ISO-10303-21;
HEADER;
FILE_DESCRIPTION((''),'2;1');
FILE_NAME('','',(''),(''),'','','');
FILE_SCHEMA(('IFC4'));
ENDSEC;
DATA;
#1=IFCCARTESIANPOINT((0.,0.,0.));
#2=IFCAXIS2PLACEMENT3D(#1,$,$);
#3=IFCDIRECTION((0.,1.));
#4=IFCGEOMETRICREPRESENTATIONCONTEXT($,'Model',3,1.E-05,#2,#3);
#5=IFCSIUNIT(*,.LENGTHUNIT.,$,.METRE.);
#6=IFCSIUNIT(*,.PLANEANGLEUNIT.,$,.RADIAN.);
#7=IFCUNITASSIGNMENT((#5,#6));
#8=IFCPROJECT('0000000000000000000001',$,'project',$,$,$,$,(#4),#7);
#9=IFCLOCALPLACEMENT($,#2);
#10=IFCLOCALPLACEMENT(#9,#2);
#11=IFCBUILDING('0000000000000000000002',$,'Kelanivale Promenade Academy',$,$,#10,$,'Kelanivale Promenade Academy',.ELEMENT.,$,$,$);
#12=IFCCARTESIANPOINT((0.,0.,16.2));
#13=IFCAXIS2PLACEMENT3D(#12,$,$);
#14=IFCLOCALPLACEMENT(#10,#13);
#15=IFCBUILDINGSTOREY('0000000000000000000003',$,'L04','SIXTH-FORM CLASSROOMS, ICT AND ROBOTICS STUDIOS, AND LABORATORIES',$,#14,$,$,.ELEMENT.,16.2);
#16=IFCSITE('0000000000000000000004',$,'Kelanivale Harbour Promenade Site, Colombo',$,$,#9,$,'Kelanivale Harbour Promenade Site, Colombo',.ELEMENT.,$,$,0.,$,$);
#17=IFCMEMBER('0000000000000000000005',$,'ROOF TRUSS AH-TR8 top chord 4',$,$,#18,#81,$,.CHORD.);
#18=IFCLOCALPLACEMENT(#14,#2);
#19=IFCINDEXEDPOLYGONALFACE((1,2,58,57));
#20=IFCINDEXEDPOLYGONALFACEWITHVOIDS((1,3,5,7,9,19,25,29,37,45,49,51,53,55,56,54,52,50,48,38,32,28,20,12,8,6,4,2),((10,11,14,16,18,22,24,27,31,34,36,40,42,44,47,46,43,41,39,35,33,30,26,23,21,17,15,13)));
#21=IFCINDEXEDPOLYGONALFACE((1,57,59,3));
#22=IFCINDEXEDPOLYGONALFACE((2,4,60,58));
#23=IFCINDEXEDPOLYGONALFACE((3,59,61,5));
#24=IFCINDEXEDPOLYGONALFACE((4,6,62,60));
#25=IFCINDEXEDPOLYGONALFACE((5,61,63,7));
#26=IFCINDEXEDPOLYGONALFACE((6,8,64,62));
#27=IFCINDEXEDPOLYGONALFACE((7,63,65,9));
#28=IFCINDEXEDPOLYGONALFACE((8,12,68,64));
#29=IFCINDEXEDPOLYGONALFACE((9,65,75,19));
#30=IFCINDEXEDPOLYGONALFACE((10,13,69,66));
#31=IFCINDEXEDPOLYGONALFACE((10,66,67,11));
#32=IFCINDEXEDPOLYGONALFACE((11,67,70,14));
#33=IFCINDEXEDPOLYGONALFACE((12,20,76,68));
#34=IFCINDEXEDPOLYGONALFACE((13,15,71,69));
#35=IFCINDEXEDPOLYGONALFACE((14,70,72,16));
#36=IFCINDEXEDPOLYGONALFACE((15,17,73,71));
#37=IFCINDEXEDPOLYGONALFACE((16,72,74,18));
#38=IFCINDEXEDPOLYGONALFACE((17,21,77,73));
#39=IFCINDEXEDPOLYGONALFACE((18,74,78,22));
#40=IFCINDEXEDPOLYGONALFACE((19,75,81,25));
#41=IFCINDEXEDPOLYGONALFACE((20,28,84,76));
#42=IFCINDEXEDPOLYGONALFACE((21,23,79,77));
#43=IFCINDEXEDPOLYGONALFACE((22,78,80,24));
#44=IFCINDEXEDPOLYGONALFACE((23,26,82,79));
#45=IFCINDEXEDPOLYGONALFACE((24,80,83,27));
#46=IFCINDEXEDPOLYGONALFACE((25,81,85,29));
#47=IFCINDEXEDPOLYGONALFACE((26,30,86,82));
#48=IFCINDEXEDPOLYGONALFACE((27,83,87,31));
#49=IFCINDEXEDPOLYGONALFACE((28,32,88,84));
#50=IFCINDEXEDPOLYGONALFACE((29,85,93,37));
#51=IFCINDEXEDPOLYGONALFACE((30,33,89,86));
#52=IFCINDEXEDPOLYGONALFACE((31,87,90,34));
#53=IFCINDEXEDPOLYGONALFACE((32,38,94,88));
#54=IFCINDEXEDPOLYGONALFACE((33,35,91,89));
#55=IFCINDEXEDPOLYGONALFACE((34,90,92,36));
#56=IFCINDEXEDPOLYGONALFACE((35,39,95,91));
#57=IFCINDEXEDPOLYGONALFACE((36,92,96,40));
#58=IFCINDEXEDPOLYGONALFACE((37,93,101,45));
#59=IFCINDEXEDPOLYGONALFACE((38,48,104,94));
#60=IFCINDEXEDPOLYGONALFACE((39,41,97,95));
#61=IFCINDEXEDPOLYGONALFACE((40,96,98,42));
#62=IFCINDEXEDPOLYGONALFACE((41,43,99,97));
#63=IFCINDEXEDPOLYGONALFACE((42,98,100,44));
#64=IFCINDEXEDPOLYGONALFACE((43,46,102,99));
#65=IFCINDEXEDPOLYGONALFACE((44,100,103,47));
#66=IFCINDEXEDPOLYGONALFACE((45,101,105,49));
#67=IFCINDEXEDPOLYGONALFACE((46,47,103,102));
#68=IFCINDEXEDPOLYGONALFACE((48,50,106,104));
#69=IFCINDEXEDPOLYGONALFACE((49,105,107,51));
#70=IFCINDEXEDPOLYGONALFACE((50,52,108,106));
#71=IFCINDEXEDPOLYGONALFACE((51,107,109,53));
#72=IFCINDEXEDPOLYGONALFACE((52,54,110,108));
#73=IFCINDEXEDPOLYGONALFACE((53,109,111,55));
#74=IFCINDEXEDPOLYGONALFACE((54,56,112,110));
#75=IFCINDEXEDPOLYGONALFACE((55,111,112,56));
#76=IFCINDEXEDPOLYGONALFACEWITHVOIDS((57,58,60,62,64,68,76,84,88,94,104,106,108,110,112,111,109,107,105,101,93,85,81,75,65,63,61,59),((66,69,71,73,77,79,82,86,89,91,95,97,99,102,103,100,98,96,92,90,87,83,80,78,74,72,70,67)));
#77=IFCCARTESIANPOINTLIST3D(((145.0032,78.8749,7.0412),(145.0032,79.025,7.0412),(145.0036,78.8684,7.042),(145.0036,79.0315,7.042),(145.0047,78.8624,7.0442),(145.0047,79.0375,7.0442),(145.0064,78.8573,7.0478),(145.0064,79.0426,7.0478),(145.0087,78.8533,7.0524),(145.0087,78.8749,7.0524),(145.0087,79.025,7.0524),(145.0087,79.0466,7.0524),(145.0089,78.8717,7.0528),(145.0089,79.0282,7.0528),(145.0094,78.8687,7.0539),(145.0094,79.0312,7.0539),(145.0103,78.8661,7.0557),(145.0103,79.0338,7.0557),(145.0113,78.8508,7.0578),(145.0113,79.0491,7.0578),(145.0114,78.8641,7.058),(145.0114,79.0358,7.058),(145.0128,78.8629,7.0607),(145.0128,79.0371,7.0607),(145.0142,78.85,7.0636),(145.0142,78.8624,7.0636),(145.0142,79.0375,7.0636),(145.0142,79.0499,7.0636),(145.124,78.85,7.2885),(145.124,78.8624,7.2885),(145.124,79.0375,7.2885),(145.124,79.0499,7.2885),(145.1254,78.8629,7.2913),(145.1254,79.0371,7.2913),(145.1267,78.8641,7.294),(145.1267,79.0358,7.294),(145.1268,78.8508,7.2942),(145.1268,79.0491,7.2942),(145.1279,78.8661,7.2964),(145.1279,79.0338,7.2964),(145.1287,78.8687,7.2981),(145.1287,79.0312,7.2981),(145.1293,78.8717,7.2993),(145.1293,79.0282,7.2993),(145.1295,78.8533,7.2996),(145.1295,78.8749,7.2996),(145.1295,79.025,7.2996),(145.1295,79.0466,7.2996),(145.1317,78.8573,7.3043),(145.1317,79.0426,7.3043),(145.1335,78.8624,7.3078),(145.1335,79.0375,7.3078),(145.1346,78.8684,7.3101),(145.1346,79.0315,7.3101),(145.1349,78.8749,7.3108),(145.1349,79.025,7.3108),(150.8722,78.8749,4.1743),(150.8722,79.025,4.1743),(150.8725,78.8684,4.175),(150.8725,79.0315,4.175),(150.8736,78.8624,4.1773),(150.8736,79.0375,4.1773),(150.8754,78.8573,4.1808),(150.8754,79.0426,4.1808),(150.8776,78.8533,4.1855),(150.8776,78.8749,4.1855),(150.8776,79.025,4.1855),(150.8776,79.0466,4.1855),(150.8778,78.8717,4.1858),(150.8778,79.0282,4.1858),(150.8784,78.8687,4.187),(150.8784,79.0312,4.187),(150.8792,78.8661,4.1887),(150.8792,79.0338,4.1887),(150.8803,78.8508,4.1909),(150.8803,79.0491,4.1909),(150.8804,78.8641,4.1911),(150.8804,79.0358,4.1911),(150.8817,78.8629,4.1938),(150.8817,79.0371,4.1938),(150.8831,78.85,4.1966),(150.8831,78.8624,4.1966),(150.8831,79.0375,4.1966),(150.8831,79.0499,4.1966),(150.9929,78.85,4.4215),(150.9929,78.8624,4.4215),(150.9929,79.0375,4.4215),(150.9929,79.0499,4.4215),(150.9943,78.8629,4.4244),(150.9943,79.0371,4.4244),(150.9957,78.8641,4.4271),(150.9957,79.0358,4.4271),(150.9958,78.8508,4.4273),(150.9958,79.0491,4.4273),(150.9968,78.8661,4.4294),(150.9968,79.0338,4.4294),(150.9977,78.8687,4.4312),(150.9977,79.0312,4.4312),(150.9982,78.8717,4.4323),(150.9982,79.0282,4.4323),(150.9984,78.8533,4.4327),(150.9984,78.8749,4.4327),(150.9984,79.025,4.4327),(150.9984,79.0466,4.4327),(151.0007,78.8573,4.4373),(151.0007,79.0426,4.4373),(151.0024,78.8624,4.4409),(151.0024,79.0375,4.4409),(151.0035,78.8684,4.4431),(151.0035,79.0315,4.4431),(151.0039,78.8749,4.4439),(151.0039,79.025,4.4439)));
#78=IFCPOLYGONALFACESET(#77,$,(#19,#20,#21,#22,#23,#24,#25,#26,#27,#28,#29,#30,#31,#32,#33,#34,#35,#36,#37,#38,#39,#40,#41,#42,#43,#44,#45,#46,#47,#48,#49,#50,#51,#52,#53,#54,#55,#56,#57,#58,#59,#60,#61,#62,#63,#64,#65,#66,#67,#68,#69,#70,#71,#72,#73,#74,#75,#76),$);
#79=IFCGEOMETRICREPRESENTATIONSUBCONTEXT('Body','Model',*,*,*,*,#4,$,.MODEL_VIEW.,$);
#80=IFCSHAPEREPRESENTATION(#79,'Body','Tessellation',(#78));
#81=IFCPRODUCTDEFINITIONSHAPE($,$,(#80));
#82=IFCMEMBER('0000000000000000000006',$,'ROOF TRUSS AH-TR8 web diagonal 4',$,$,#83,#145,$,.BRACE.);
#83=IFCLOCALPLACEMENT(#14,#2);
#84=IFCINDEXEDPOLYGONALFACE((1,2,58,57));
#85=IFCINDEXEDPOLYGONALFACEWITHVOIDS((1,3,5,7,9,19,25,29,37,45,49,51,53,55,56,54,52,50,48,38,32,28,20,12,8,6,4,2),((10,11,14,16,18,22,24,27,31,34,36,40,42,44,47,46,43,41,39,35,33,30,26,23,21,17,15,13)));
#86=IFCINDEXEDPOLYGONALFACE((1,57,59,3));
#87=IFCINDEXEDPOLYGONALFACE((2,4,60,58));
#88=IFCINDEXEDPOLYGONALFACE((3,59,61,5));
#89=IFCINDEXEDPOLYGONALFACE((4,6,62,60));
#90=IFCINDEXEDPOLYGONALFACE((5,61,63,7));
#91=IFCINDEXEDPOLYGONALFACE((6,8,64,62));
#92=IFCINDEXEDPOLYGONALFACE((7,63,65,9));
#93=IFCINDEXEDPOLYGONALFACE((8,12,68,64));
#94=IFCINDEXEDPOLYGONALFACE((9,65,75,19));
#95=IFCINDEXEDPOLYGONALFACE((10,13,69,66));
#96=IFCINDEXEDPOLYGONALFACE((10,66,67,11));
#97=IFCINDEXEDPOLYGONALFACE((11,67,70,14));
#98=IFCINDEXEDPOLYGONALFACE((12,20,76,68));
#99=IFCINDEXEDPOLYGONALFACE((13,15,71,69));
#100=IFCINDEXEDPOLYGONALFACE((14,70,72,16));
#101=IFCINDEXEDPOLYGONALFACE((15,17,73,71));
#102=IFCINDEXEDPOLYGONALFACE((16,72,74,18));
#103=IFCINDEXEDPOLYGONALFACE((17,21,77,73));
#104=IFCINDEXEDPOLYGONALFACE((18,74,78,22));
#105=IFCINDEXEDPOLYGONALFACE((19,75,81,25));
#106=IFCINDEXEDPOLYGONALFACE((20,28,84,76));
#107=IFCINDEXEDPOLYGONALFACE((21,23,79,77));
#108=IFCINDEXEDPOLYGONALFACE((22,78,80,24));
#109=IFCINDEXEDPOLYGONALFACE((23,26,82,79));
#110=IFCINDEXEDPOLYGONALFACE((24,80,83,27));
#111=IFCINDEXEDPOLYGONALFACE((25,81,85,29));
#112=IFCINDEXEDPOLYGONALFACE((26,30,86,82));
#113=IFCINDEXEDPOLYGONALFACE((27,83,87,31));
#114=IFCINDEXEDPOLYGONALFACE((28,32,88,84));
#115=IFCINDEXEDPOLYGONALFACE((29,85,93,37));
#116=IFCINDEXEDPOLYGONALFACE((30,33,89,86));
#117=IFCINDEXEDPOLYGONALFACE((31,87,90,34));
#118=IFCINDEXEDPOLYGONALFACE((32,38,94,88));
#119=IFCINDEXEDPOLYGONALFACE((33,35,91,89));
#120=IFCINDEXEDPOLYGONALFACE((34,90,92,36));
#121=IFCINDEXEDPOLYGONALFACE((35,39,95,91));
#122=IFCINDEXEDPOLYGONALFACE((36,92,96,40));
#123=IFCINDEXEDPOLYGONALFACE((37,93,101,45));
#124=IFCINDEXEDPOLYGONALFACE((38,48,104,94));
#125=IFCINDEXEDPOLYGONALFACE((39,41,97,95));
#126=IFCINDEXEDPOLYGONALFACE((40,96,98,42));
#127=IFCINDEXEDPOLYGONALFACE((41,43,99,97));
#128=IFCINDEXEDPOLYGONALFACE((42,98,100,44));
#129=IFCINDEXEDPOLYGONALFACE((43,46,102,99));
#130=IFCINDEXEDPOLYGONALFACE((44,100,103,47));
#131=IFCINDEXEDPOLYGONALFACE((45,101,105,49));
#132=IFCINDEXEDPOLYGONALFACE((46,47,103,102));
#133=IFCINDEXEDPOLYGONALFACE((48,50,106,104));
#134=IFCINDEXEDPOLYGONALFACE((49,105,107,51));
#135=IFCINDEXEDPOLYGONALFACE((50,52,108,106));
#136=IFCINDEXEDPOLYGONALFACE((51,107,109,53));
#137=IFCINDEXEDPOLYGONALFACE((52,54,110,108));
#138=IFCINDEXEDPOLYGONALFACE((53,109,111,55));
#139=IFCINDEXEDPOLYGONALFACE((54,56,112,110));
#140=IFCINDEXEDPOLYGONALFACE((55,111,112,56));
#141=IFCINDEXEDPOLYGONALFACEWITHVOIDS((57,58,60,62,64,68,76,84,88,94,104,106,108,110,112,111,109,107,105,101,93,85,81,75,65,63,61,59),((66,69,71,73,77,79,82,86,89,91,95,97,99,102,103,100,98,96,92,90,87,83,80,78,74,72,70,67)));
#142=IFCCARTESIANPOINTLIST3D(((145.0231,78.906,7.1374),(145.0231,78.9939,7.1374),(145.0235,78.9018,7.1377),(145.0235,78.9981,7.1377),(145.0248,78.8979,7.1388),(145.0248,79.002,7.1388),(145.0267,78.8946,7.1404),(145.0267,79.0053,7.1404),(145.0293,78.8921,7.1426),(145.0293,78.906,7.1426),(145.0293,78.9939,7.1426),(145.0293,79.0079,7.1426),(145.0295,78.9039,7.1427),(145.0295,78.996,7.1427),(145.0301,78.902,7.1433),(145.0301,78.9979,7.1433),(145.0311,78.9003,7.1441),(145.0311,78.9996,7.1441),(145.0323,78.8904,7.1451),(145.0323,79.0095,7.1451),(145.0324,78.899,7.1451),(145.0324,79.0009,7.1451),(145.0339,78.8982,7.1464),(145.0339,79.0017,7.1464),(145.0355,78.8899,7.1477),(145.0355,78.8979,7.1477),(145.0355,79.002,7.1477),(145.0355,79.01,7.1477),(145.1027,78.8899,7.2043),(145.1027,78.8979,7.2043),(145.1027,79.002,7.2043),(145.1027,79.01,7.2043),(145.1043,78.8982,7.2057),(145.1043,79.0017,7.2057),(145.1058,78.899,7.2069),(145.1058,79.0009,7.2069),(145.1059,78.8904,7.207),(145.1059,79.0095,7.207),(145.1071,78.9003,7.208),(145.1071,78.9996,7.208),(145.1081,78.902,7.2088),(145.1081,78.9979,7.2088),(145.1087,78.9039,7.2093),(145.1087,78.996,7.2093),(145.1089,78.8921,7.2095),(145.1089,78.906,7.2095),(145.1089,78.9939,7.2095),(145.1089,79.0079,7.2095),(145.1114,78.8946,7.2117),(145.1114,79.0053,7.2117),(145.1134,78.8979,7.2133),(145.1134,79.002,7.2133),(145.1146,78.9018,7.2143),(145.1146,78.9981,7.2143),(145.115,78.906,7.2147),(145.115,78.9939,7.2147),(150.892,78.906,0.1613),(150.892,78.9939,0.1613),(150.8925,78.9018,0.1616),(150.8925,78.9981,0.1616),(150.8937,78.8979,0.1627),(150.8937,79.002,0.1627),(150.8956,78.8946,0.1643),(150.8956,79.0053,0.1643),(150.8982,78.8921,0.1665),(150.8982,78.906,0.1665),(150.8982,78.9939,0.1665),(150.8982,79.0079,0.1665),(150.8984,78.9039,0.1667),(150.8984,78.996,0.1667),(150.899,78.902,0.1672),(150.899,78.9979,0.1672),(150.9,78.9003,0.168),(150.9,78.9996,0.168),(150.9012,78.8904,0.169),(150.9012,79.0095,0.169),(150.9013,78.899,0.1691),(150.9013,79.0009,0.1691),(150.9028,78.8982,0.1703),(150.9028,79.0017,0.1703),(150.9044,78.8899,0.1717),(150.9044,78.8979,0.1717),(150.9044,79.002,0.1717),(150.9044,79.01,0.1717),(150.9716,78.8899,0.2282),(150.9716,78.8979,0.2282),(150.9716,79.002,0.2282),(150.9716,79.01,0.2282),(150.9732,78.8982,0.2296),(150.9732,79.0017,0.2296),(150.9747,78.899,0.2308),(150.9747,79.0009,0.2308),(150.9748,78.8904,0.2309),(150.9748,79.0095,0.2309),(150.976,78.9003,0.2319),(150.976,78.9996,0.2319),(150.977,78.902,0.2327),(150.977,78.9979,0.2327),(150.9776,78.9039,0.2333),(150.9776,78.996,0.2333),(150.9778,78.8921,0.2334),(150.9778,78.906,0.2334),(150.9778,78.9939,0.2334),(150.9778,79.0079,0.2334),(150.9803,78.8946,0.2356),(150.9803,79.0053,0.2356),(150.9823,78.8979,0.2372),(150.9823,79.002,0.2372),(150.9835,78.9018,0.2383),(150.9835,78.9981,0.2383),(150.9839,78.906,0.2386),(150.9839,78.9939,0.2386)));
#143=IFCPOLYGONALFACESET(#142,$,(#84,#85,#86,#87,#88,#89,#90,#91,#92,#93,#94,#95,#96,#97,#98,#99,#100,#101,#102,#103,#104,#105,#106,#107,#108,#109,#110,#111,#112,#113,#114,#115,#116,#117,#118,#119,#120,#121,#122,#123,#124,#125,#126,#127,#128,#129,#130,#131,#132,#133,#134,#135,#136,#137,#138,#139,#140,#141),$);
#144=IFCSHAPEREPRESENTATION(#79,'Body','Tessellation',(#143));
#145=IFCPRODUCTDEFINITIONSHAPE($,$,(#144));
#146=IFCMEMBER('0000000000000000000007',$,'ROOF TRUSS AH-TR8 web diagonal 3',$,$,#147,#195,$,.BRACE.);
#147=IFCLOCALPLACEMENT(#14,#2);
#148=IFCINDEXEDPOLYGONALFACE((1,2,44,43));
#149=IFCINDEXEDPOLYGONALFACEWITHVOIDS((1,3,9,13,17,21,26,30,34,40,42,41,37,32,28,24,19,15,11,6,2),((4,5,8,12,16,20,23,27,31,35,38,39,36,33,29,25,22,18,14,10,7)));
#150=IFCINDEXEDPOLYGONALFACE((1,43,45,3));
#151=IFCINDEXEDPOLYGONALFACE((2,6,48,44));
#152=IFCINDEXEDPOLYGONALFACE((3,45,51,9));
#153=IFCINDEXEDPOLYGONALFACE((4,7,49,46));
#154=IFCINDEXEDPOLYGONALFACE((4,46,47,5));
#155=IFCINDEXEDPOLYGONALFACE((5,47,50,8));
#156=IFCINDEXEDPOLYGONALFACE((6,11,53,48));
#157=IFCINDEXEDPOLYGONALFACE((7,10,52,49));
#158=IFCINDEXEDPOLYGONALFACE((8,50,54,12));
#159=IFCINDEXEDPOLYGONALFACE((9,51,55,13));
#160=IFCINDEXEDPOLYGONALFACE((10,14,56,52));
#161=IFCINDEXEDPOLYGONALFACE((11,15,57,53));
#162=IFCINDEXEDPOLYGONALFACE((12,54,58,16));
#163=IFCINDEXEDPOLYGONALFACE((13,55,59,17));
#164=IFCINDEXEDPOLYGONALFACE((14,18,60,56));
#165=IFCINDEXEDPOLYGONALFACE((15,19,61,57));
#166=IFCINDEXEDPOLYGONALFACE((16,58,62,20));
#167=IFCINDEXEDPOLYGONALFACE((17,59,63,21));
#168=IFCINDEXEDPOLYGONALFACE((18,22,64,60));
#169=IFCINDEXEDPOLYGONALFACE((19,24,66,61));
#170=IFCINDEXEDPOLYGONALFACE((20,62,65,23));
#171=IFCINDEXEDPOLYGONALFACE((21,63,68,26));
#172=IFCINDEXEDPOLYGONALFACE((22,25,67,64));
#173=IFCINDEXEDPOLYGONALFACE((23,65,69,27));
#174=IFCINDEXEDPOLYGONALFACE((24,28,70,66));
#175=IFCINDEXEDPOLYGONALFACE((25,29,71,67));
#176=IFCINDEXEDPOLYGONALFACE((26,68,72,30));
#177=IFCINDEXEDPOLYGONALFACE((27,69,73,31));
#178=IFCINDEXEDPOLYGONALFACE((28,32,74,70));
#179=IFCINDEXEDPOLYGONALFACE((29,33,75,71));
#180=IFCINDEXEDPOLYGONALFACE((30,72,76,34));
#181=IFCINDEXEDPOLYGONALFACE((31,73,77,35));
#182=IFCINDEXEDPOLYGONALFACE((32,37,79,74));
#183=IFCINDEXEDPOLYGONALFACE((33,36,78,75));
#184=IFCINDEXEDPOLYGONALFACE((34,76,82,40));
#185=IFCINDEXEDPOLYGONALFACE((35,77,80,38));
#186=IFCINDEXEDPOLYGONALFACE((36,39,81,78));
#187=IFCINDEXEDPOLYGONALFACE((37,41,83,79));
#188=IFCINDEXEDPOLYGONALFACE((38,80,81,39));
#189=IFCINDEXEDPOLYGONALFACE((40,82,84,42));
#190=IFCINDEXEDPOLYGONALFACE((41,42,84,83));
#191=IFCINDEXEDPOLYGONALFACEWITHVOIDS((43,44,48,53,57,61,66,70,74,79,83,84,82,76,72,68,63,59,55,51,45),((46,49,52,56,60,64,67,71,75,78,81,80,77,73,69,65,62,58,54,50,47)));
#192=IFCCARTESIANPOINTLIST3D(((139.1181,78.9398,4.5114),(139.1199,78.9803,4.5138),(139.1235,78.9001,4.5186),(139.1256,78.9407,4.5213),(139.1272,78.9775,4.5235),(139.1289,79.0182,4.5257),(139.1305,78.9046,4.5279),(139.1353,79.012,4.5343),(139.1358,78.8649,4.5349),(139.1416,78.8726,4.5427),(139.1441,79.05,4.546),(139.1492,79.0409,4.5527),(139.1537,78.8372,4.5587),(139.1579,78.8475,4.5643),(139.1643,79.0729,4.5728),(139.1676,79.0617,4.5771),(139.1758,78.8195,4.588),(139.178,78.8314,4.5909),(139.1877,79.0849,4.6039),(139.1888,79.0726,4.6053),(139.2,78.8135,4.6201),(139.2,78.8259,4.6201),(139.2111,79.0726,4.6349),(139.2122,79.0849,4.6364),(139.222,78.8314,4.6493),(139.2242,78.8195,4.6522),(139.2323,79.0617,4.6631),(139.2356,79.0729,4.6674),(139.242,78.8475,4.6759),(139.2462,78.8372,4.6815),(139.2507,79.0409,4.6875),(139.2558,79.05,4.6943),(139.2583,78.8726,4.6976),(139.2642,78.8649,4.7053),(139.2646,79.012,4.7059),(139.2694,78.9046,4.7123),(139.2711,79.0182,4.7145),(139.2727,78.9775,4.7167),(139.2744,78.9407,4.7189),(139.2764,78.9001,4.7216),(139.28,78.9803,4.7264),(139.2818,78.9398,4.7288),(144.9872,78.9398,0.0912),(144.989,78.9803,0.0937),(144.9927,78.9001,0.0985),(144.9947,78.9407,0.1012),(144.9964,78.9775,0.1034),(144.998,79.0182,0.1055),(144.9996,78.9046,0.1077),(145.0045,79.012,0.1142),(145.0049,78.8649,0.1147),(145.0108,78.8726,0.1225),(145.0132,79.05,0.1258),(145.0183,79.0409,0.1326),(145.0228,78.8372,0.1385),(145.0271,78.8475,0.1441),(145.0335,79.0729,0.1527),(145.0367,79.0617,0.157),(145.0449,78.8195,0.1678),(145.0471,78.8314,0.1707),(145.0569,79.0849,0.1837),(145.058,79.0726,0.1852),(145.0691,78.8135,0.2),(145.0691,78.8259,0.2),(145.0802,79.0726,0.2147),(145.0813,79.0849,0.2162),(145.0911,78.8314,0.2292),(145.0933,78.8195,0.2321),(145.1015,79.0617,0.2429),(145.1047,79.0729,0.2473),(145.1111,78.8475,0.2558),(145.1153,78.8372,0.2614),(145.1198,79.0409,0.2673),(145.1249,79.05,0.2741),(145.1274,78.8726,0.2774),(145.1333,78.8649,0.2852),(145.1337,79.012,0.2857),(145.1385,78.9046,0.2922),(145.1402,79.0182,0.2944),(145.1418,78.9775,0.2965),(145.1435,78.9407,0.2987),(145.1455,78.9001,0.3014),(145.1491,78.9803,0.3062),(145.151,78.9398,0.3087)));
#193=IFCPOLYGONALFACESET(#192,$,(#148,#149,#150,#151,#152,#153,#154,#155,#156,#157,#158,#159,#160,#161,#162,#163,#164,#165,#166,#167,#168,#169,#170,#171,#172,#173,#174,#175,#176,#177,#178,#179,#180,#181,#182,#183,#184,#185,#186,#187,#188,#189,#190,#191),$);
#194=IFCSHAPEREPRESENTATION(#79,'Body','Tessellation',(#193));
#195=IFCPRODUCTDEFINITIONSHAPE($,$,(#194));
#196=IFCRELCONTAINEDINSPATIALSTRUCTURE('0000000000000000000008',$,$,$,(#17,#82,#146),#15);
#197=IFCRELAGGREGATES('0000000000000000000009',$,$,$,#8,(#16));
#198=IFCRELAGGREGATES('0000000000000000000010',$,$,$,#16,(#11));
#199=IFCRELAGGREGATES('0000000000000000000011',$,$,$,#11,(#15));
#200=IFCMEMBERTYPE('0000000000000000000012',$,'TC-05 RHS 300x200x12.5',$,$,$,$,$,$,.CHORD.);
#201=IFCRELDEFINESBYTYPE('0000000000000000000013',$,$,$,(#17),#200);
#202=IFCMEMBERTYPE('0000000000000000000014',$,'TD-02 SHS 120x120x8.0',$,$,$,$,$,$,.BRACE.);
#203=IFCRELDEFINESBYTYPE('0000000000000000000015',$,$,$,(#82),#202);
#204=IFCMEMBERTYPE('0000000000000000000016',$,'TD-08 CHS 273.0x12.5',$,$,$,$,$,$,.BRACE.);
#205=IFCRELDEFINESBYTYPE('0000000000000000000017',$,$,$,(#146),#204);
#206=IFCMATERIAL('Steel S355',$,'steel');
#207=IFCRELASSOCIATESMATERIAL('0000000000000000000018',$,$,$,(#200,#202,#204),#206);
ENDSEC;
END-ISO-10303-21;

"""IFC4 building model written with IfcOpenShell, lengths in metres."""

from ifc_helpers import new_model, si_unit, direction, frame, origin, origin_2d, place, context, subcontext, project, spatial, hollow_rectangle, hollow_circle, extrude, material, material_profile, profile_set, type_object, element, save


model = new_model("IFC4")

# Units and contexts
model_context = context("Model", 3, precision=1e-05, world=origin(), true_north=direction((0.0, 1.0)))
body_context = subcontext(model_context, "Body", "Model", "MODEL_VIEW")
ifc_project = project(units=[si_unit("LENGTHUNIT", "METRE"), si_unit("PLANEANGLEUNIT", "RADIAN")], contexts=[model_context])

# Site, building, storey
site_placement = place(None, origin())
site = spatial("IfcSite", under=ifc_project, at=site_placement, Name="Kelanivale Harbour Promenade Site, Colombo", LongName="Kelanivale Harbour Promenade Site, Colombo", CompositionType="ELEMENT", RefElevation=0.0)
building_placement = place(site_placement, origin())
building = spatial("IfcBuilding", under=site, at=building_placement, Name="Kelanivale Promenade Academy", LongName="Kelanivale Promenade Academy", CompositionType="ELEMENT")
storey_placement = place(building_placement, frame((0.0, 0.0, 16.2)))
storey = spatial("IfcBuildingStorey", under=building, at=storey_placement, Name="L04", Description="SIXTH-FORM CLASSROOMS, ICT AND ROBOTICS STUDIOS, AND LABORATORIES", CompositionType="ELEMENT", Elevation=16.2)

# Shared definitions
ifc_material_1 = material(Name="Steel S355", Category="steel")

# Members
ifc_material_profile_1 = material_profile(ifc_material_1, hollow_rectangle(XDim=0.2, YDim=0.3, WallThickness=0.0125, InnerFilletRadius=0.0125, OuterFilletRadius=0.0249, at=origin_2d()), Name="RHS 300x200x12.5")
ifc_profile_set_1 = profile_set([ifc_material_profile_1], Name="Steel S355")
member_type_1 = type_object("IfcMemberType", Name="TC-05 RHS 300x200x12.5", PredefinedType="CHORD", material=ifc_profile_set_1)
member_1_placement = place(storey_placement, frame((145.0691, 78.95, 7.176), z_axis=(0.898523, 0.0, -0.438927), x_axis=(0.0, 1.0, 0.0)))
element("IfcMember", 1, at=member_1_placement, inside=storey, type_object=member_type_1, Name="ROOF TRUSS AH-TR8 top chord 4", PredefinedType="CHORD", context=body_context, shape_type="SweptSolid", body=[
    extrude(hollow_rectangle(XDim=0.2, YDim=0.3, WallThickness=0.0125, InnerFilletRadius=0.0125, OuterFilletRadius=0.0249, at=origin_2d()), origin(), (0.0, 0.0, 1.0), 6.5317),
])
ifc_material_profile_2 = material_profile(ifc_material_1, hollow_rectangle(XDim=0.1201, YDim=0.1201, WallThickness=0.0081, InnerFilletRadius=0.0081, OuterFilletRadius=0.0161, at=origin_2d()), Name="SHS 120x120x8.0")
ifc_profile_set_2 = profile_set([ifc_material_profile_2], Name="Steel S355")
member_type_2 = type_object("IfcMemberType", Name="TD-02 SHS 120x120x8.0", PredefinedType="BRACE", material=ifc_profile_set_2)
member_2_placement = place(storey_placement, frame((150.938, 78.95, 0.2), z_axis=(-0.64377, 0.0, 0.765219), x_axis=(0.0, -1.0, 0.0)))
element("IfcMember", 2, at=member_2_placement, inside=storey, type_object=member_type_2, Name="ROOF TRUSS AH-TR8 web diagonal 4", PredefinedType="BRACE", context=body_context, shape_type="SweptSolid", body=[
    extrude(hollow_rectangle(XDim=0.1201, YDim=0.1201, WallThickness=0.0081, InnerFilletRadius=0.0081, OuterFilletRadius=0.0161, at=origin_2d()), origin(), (0.0, 0.0, 1.0), 9.1165),
])
ifc_material_profile_3 = material_profile(ifc_material_1, hollow_circle(Radius=0.1365, WallThickness=0.0125, at=origin_2d()), Name="CHS 273.0x12.5")
ifc_profile_set_3 = profile_set([ifc_material_profile_3], Name="Steel S355")
member_type_3 = type_object("IfcMemberType", Name="TD-08 CHS 273.0x12.5", PredefinedType="BRACE", material=ifc_profile_set_3)
member_3_placement = place(storey_placement, frame((145.0691, 78.95, 0.2), z_axis=(-0.798802, 0.0, 0.601594), x_axis=(0.0, -1.0, 0.0)))
element("IfcMember", 3, at=member_3_placement, inside=storey, type_object=member_type_3, Name="ROOF TRUSS AH-TR8 web diagonal 3", PredefinedType="BRACE", context=body_context, shape_type="SweptSolid", body=[
    extrude(hollow_circle(Radius=0.1365, WallThickness=0.0125, at=origin_2d()), origin(), (0.0, 0.0, 1.0), 7.3474),
])

save(model, "model.ifc")
